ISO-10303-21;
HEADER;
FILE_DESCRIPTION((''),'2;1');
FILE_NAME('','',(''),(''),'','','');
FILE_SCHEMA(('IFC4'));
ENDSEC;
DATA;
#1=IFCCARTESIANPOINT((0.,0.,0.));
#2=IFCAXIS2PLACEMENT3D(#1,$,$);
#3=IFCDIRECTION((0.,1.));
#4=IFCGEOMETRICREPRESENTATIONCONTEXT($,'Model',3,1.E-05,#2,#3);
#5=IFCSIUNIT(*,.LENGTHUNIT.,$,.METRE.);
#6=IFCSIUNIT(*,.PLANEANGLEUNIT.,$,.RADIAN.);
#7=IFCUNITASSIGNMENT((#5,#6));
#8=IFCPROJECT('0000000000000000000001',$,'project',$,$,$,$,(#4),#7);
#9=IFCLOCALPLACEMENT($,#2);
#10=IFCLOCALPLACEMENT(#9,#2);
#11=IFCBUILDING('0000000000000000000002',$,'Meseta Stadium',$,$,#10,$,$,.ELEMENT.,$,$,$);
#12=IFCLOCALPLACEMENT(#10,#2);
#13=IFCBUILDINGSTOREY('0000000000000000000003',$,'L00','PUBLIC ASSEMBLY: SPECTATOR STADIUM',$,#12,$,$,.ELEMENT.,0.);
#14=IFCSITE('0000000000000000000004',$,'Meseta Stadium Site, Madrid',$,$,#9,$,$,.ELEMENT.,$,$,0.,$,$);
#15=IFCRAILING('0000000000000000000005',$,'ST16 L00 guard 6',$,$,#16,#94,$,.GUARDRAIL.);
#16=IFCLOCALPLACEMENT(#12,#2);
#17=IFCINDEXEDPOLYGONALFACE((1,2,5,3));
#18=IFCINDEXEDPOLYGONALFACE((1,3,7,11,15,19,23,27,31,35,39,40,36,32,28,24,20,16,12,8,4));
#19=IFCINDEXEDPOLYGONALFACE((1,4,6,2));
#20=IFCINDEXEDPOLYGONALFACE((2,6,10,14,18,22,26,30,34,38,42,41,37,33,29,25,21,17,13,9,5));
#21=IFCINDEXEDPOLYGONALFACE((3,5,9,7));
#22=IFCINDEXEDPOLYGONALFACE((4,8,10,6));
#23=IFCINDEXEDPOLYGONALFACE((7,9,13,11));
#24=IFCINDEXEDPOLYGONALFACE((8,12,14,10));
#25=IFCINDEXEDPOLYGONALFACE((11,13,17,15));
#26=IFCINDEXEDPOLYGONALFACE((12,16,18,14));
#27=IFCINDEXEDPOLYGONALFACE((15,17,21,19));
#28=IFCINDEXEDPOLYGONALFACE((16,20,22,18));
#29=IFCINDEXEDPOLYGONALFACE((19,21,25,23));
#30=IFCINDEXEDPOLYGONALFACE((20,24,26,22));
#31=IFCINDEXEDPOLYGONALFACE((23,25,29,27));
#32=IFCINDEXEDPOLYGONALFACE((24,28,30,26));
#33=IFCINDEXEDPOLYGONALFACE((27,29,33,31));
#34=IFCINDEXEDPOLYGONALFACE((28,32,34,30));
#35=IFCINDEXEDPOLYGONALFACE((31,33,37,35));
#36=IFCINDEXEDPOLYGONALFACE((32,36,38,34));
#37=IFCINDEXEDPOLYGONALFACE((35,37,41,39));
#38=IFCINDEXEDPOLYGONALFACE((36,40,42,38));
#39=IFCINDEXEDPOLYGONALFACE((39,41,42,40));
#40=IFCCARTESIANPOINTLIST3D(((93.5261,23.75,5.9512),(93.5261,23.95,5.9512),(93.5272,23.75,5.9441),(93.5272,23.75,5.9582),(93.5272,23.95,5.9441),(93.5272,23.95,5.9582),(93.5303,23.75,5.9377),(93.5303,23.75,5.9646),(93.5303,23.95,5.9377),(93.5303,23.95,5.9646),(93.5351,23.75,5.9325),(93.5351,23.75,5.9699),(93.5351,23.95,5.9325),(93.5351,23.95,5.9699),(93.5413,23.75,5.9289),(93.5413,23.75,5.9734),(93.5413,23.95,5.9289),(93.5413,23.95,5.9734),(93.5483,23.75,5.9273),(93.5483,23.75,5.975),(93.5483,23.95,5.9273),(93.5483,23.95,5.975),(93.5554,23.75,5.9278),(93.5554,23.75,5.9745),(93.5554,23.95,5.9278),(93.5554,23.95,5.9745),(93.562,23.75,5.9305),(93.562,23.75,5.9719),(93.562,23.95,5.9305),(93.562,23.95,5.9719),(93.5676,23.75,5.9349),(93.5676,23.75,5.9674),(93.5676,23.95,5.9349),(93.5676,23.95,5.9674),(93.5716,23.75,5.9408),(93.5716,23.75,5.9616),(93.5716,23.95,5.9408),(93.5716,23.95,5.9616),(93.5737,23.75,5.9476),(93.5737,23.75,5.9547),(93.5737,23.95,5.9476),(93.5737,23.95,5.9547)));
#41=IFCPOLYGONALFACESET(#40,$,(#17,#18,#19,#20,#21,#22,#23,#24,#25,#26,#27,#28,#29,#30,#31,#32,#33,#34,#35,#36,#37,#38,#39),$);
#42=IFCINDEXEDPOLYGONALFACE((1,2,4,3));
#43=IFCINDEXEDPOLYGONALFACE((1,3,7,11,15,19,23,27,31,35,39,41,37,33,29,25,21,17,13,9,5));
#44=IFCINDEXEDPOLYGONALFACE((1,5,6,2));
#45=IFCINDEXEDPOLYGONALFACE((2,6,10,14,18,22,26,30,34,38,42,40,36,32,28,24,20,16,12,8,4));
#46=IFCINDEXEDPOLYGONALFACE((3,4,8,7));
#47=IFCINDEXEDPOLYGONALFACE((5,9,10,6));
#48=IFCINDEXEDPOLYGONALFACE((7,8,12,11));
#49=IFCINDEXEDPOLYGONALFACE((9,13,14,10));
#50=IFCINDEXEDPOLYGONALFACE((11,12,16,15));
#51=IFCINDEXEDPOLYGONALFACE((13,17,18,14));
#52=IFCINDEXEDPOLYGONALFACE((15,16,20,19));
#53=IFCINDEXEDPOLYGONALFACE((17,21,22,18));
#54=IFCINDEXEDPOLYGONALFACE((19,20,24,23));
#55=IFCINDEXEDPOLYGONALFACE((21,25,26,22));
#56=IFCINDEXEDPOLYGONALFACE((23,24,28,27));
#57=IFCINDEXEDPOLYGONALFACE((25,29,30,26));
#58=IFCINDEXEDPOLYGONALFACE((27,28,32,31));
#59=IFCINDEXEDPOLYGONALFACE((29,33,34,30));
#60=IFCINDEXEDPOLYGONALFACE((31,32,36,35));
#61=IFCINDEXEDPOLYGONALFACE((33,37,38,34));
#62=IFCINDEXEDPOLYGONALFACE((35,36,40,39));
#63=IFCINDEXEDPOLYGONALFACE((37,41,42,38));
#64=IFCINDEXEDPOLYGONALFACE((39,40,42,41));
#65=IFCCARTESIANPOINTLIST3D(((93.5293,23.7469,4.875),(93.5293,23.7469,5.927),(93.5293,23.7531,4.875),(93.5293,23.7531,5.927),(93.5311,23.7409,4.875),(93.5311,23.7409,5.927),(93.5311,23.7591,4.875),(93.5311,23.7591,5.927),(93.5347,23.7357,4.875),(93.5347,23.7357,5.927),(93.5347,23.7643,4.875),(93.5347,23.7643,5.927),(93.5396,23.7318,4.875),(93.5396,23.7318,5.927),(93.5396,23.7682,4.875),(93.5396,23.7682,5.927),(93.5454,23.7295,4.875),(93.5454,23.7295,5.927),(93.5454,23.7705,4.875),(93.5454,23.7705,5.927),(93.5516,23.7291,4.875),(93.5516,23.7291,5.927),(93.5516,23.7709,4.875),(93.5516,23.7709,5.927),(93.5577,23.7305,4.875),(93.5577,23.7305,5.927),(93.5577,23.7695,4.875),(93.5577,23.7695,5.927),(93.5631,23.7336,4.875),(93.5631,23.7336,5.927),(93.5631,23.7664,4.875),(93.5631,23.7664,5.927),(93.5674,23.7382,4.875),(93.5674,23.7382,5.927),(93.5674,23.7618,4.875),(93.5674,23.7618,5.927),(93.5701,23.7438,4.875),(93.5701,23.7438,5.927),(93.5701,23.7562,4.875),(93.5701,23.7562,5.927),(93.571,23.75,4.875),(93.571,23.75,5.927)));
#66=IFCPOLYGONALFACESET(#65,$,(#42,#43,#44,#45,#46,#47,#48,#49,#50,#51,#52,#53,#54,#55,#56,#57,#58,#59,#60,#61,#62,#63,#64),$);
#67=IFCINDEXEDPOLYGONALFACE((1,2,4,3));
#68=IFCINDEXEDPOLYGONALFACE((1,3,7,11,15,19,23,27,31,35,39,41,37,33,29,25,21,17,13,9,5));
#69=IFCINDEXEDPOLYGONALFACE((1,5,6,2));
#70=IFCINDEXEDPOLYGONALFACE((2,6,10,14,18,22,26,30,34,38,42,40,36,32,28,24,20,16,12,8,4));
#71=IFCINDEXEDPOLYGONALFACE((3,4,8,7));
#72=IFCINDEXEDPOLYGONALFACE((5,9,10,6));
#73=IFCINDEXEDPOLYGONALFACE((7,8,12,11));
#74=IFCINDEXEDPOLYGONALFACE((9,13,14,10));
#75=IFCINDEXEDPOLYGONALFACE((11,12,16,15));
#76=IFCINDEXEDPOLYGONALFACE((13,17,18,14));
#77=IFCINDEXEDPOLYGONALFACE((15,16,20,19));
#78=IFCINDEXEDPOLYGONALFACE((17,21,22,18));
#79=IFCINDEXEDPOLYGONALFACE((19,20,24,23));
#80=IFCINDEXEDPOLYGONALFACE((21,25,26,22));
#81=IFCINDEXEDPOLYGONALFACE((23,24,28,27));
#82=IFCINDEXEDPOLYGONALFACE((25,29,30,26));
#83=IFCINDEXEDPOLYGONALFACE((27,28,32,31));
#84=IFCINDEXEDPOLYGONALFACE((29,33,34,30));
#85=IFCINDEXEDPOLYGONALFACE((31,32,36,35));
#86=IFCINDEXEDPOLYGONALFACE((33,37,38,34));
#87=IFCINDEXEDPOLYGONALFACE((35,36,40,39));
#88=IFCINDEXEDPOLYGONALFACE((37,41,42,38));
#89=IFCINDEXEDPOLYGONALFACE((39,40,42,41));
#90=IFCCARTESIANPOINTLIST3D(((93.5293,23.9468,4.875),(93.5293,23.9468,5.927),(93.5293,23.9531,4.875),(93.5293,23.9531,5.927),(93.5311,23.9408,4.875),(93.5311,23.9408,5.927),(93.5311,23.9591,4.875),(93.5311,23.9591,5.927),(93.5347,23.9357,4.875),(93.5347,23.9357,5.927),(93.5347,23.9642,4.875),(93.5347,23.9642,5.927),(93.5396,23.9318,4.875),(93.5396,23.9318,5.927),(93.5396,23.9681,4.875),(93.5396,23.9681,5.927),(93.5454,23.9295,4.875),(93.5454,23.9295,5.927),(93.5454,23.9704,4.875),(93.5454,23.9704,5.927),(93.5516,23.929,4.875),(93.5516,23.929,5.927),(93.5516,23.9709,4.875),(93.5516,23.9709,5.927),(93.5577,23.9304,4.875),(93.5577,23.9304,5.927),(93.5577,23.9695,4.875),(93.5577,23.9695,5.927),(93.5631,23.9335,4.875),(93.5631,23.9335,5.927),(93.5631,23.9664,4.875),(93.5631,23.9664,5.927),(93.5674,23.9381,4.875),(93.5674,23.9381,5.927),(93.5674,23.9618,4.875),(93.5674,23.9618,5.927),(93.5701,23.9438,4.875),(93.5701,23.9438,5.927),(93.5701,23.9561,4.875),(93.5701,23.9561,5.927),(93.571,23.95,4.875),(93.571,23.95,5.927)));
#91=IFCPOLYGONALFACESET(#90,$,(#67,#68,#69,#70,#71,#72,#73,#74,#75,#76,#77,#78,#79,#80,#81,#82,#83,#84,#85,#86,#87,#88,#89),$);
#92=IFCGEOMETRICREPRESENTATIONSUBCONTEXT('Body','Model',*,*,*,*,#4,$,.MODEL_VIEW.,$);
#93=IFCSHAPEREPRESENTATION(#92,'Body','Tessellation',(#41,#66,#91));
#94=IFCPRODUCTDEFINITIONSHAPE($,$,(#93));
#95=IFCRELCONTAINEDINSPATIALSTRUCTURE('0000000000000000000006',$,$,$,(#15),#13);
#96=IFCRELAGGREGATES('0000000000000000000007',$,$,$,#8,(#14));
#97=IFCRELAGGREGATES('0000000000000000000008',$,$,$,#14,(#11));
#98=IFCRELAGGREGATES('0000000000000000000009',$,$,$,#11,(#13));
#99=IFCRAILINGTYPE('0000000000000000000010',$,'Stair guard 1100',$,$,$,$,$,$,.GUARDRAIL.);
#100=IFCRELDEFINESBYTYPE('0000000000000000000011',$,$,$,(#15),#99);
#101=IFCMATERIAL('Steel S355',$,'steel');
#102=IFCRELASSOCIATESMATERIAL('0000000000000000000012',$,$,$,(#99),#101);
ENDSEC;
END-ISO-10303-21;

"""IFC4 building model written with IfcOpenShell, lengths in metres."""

from ifc_helpers import new_model, si_unit, direction, frame, origin, origin_2d, place, context, subcontext, project, spatial, circle, extrude, material, type_object, element, save


model = new_model("IFC4")

# Units and contexts
model_context = context("Model", 3, precision=1e-05, world=origin(), true_north=direction((0.0, 1.0)))
body_context = subcontext(model_context, "Body", "Model", "MODEL_VIEW")
ifc_project = project(units=[si_unit("LENGTHUNIT", "METRE"), si_unit("PLANEANGLEUNIT", "RADIAN")], contexts=[model_context])

# Site, building, storey
site_placement = place(None, origin())
site = spatial("IfcSite", under=ifc_project, at=site_placement, Name="Meseta Stadium Site, Madrid", CompositionType="ELEMENT", RefElevation=0.0)
building_placement = place(site_placement, origin())
building = spatial("IfcBuilding", under=site, at=building_placement, Name="Meseta Stadium", CompositionType="ELEMENT")
storey_placement = place(building_placement, origin())
storey = spatial("IfcBuildingStorey", under=building, at=storey_placement, Name="L00", Description="PUBLIC ASSEMBLY: SPECTATOR STADIUM", CompositionType="ELEMENT", Elevation=0.0)

# Railing
ifc_material_1 = material(Name="Steel S355", Category="steel")
railing_type_1 = type_object("IfcRailingType", Name="Stair guard 1100", PredefinedType="GUARDRAIL", material=ifc_material_1)
railing_1_placement = place(storey_placement, frame((93.55, 23.75, 4.875)))
element("IfcRailing", 1, at=railing_1_placement, inside=storey, type_object=railing_type_1, Name="ST16 L00 guard 6", PredefinedType="GUARDRAIL", context=body_context, shape_type="SweptSolid", body=[
    extrude(circle(Radius=0.0239, at=origin_2d()), frame((0.0, 0.0, 1.0762), z_axis=(0.0, 1.0, 0.0), x_axis=(-1.0, 0.0, 0.0)), (0.0, 0.0, 1.0), 0.2),
    extrude(circle(Radius=0.021, at=origin_2d()), origin(), (0.0, 0.0, 1.0), 1.052),
    extrude(circle(Radius=0.021, at=origin_2d()), frame((0.0, 0.2, 0.0)), (0.0, 0.0, 1.0), 1.052),
])

save(model, "model.ifc")
